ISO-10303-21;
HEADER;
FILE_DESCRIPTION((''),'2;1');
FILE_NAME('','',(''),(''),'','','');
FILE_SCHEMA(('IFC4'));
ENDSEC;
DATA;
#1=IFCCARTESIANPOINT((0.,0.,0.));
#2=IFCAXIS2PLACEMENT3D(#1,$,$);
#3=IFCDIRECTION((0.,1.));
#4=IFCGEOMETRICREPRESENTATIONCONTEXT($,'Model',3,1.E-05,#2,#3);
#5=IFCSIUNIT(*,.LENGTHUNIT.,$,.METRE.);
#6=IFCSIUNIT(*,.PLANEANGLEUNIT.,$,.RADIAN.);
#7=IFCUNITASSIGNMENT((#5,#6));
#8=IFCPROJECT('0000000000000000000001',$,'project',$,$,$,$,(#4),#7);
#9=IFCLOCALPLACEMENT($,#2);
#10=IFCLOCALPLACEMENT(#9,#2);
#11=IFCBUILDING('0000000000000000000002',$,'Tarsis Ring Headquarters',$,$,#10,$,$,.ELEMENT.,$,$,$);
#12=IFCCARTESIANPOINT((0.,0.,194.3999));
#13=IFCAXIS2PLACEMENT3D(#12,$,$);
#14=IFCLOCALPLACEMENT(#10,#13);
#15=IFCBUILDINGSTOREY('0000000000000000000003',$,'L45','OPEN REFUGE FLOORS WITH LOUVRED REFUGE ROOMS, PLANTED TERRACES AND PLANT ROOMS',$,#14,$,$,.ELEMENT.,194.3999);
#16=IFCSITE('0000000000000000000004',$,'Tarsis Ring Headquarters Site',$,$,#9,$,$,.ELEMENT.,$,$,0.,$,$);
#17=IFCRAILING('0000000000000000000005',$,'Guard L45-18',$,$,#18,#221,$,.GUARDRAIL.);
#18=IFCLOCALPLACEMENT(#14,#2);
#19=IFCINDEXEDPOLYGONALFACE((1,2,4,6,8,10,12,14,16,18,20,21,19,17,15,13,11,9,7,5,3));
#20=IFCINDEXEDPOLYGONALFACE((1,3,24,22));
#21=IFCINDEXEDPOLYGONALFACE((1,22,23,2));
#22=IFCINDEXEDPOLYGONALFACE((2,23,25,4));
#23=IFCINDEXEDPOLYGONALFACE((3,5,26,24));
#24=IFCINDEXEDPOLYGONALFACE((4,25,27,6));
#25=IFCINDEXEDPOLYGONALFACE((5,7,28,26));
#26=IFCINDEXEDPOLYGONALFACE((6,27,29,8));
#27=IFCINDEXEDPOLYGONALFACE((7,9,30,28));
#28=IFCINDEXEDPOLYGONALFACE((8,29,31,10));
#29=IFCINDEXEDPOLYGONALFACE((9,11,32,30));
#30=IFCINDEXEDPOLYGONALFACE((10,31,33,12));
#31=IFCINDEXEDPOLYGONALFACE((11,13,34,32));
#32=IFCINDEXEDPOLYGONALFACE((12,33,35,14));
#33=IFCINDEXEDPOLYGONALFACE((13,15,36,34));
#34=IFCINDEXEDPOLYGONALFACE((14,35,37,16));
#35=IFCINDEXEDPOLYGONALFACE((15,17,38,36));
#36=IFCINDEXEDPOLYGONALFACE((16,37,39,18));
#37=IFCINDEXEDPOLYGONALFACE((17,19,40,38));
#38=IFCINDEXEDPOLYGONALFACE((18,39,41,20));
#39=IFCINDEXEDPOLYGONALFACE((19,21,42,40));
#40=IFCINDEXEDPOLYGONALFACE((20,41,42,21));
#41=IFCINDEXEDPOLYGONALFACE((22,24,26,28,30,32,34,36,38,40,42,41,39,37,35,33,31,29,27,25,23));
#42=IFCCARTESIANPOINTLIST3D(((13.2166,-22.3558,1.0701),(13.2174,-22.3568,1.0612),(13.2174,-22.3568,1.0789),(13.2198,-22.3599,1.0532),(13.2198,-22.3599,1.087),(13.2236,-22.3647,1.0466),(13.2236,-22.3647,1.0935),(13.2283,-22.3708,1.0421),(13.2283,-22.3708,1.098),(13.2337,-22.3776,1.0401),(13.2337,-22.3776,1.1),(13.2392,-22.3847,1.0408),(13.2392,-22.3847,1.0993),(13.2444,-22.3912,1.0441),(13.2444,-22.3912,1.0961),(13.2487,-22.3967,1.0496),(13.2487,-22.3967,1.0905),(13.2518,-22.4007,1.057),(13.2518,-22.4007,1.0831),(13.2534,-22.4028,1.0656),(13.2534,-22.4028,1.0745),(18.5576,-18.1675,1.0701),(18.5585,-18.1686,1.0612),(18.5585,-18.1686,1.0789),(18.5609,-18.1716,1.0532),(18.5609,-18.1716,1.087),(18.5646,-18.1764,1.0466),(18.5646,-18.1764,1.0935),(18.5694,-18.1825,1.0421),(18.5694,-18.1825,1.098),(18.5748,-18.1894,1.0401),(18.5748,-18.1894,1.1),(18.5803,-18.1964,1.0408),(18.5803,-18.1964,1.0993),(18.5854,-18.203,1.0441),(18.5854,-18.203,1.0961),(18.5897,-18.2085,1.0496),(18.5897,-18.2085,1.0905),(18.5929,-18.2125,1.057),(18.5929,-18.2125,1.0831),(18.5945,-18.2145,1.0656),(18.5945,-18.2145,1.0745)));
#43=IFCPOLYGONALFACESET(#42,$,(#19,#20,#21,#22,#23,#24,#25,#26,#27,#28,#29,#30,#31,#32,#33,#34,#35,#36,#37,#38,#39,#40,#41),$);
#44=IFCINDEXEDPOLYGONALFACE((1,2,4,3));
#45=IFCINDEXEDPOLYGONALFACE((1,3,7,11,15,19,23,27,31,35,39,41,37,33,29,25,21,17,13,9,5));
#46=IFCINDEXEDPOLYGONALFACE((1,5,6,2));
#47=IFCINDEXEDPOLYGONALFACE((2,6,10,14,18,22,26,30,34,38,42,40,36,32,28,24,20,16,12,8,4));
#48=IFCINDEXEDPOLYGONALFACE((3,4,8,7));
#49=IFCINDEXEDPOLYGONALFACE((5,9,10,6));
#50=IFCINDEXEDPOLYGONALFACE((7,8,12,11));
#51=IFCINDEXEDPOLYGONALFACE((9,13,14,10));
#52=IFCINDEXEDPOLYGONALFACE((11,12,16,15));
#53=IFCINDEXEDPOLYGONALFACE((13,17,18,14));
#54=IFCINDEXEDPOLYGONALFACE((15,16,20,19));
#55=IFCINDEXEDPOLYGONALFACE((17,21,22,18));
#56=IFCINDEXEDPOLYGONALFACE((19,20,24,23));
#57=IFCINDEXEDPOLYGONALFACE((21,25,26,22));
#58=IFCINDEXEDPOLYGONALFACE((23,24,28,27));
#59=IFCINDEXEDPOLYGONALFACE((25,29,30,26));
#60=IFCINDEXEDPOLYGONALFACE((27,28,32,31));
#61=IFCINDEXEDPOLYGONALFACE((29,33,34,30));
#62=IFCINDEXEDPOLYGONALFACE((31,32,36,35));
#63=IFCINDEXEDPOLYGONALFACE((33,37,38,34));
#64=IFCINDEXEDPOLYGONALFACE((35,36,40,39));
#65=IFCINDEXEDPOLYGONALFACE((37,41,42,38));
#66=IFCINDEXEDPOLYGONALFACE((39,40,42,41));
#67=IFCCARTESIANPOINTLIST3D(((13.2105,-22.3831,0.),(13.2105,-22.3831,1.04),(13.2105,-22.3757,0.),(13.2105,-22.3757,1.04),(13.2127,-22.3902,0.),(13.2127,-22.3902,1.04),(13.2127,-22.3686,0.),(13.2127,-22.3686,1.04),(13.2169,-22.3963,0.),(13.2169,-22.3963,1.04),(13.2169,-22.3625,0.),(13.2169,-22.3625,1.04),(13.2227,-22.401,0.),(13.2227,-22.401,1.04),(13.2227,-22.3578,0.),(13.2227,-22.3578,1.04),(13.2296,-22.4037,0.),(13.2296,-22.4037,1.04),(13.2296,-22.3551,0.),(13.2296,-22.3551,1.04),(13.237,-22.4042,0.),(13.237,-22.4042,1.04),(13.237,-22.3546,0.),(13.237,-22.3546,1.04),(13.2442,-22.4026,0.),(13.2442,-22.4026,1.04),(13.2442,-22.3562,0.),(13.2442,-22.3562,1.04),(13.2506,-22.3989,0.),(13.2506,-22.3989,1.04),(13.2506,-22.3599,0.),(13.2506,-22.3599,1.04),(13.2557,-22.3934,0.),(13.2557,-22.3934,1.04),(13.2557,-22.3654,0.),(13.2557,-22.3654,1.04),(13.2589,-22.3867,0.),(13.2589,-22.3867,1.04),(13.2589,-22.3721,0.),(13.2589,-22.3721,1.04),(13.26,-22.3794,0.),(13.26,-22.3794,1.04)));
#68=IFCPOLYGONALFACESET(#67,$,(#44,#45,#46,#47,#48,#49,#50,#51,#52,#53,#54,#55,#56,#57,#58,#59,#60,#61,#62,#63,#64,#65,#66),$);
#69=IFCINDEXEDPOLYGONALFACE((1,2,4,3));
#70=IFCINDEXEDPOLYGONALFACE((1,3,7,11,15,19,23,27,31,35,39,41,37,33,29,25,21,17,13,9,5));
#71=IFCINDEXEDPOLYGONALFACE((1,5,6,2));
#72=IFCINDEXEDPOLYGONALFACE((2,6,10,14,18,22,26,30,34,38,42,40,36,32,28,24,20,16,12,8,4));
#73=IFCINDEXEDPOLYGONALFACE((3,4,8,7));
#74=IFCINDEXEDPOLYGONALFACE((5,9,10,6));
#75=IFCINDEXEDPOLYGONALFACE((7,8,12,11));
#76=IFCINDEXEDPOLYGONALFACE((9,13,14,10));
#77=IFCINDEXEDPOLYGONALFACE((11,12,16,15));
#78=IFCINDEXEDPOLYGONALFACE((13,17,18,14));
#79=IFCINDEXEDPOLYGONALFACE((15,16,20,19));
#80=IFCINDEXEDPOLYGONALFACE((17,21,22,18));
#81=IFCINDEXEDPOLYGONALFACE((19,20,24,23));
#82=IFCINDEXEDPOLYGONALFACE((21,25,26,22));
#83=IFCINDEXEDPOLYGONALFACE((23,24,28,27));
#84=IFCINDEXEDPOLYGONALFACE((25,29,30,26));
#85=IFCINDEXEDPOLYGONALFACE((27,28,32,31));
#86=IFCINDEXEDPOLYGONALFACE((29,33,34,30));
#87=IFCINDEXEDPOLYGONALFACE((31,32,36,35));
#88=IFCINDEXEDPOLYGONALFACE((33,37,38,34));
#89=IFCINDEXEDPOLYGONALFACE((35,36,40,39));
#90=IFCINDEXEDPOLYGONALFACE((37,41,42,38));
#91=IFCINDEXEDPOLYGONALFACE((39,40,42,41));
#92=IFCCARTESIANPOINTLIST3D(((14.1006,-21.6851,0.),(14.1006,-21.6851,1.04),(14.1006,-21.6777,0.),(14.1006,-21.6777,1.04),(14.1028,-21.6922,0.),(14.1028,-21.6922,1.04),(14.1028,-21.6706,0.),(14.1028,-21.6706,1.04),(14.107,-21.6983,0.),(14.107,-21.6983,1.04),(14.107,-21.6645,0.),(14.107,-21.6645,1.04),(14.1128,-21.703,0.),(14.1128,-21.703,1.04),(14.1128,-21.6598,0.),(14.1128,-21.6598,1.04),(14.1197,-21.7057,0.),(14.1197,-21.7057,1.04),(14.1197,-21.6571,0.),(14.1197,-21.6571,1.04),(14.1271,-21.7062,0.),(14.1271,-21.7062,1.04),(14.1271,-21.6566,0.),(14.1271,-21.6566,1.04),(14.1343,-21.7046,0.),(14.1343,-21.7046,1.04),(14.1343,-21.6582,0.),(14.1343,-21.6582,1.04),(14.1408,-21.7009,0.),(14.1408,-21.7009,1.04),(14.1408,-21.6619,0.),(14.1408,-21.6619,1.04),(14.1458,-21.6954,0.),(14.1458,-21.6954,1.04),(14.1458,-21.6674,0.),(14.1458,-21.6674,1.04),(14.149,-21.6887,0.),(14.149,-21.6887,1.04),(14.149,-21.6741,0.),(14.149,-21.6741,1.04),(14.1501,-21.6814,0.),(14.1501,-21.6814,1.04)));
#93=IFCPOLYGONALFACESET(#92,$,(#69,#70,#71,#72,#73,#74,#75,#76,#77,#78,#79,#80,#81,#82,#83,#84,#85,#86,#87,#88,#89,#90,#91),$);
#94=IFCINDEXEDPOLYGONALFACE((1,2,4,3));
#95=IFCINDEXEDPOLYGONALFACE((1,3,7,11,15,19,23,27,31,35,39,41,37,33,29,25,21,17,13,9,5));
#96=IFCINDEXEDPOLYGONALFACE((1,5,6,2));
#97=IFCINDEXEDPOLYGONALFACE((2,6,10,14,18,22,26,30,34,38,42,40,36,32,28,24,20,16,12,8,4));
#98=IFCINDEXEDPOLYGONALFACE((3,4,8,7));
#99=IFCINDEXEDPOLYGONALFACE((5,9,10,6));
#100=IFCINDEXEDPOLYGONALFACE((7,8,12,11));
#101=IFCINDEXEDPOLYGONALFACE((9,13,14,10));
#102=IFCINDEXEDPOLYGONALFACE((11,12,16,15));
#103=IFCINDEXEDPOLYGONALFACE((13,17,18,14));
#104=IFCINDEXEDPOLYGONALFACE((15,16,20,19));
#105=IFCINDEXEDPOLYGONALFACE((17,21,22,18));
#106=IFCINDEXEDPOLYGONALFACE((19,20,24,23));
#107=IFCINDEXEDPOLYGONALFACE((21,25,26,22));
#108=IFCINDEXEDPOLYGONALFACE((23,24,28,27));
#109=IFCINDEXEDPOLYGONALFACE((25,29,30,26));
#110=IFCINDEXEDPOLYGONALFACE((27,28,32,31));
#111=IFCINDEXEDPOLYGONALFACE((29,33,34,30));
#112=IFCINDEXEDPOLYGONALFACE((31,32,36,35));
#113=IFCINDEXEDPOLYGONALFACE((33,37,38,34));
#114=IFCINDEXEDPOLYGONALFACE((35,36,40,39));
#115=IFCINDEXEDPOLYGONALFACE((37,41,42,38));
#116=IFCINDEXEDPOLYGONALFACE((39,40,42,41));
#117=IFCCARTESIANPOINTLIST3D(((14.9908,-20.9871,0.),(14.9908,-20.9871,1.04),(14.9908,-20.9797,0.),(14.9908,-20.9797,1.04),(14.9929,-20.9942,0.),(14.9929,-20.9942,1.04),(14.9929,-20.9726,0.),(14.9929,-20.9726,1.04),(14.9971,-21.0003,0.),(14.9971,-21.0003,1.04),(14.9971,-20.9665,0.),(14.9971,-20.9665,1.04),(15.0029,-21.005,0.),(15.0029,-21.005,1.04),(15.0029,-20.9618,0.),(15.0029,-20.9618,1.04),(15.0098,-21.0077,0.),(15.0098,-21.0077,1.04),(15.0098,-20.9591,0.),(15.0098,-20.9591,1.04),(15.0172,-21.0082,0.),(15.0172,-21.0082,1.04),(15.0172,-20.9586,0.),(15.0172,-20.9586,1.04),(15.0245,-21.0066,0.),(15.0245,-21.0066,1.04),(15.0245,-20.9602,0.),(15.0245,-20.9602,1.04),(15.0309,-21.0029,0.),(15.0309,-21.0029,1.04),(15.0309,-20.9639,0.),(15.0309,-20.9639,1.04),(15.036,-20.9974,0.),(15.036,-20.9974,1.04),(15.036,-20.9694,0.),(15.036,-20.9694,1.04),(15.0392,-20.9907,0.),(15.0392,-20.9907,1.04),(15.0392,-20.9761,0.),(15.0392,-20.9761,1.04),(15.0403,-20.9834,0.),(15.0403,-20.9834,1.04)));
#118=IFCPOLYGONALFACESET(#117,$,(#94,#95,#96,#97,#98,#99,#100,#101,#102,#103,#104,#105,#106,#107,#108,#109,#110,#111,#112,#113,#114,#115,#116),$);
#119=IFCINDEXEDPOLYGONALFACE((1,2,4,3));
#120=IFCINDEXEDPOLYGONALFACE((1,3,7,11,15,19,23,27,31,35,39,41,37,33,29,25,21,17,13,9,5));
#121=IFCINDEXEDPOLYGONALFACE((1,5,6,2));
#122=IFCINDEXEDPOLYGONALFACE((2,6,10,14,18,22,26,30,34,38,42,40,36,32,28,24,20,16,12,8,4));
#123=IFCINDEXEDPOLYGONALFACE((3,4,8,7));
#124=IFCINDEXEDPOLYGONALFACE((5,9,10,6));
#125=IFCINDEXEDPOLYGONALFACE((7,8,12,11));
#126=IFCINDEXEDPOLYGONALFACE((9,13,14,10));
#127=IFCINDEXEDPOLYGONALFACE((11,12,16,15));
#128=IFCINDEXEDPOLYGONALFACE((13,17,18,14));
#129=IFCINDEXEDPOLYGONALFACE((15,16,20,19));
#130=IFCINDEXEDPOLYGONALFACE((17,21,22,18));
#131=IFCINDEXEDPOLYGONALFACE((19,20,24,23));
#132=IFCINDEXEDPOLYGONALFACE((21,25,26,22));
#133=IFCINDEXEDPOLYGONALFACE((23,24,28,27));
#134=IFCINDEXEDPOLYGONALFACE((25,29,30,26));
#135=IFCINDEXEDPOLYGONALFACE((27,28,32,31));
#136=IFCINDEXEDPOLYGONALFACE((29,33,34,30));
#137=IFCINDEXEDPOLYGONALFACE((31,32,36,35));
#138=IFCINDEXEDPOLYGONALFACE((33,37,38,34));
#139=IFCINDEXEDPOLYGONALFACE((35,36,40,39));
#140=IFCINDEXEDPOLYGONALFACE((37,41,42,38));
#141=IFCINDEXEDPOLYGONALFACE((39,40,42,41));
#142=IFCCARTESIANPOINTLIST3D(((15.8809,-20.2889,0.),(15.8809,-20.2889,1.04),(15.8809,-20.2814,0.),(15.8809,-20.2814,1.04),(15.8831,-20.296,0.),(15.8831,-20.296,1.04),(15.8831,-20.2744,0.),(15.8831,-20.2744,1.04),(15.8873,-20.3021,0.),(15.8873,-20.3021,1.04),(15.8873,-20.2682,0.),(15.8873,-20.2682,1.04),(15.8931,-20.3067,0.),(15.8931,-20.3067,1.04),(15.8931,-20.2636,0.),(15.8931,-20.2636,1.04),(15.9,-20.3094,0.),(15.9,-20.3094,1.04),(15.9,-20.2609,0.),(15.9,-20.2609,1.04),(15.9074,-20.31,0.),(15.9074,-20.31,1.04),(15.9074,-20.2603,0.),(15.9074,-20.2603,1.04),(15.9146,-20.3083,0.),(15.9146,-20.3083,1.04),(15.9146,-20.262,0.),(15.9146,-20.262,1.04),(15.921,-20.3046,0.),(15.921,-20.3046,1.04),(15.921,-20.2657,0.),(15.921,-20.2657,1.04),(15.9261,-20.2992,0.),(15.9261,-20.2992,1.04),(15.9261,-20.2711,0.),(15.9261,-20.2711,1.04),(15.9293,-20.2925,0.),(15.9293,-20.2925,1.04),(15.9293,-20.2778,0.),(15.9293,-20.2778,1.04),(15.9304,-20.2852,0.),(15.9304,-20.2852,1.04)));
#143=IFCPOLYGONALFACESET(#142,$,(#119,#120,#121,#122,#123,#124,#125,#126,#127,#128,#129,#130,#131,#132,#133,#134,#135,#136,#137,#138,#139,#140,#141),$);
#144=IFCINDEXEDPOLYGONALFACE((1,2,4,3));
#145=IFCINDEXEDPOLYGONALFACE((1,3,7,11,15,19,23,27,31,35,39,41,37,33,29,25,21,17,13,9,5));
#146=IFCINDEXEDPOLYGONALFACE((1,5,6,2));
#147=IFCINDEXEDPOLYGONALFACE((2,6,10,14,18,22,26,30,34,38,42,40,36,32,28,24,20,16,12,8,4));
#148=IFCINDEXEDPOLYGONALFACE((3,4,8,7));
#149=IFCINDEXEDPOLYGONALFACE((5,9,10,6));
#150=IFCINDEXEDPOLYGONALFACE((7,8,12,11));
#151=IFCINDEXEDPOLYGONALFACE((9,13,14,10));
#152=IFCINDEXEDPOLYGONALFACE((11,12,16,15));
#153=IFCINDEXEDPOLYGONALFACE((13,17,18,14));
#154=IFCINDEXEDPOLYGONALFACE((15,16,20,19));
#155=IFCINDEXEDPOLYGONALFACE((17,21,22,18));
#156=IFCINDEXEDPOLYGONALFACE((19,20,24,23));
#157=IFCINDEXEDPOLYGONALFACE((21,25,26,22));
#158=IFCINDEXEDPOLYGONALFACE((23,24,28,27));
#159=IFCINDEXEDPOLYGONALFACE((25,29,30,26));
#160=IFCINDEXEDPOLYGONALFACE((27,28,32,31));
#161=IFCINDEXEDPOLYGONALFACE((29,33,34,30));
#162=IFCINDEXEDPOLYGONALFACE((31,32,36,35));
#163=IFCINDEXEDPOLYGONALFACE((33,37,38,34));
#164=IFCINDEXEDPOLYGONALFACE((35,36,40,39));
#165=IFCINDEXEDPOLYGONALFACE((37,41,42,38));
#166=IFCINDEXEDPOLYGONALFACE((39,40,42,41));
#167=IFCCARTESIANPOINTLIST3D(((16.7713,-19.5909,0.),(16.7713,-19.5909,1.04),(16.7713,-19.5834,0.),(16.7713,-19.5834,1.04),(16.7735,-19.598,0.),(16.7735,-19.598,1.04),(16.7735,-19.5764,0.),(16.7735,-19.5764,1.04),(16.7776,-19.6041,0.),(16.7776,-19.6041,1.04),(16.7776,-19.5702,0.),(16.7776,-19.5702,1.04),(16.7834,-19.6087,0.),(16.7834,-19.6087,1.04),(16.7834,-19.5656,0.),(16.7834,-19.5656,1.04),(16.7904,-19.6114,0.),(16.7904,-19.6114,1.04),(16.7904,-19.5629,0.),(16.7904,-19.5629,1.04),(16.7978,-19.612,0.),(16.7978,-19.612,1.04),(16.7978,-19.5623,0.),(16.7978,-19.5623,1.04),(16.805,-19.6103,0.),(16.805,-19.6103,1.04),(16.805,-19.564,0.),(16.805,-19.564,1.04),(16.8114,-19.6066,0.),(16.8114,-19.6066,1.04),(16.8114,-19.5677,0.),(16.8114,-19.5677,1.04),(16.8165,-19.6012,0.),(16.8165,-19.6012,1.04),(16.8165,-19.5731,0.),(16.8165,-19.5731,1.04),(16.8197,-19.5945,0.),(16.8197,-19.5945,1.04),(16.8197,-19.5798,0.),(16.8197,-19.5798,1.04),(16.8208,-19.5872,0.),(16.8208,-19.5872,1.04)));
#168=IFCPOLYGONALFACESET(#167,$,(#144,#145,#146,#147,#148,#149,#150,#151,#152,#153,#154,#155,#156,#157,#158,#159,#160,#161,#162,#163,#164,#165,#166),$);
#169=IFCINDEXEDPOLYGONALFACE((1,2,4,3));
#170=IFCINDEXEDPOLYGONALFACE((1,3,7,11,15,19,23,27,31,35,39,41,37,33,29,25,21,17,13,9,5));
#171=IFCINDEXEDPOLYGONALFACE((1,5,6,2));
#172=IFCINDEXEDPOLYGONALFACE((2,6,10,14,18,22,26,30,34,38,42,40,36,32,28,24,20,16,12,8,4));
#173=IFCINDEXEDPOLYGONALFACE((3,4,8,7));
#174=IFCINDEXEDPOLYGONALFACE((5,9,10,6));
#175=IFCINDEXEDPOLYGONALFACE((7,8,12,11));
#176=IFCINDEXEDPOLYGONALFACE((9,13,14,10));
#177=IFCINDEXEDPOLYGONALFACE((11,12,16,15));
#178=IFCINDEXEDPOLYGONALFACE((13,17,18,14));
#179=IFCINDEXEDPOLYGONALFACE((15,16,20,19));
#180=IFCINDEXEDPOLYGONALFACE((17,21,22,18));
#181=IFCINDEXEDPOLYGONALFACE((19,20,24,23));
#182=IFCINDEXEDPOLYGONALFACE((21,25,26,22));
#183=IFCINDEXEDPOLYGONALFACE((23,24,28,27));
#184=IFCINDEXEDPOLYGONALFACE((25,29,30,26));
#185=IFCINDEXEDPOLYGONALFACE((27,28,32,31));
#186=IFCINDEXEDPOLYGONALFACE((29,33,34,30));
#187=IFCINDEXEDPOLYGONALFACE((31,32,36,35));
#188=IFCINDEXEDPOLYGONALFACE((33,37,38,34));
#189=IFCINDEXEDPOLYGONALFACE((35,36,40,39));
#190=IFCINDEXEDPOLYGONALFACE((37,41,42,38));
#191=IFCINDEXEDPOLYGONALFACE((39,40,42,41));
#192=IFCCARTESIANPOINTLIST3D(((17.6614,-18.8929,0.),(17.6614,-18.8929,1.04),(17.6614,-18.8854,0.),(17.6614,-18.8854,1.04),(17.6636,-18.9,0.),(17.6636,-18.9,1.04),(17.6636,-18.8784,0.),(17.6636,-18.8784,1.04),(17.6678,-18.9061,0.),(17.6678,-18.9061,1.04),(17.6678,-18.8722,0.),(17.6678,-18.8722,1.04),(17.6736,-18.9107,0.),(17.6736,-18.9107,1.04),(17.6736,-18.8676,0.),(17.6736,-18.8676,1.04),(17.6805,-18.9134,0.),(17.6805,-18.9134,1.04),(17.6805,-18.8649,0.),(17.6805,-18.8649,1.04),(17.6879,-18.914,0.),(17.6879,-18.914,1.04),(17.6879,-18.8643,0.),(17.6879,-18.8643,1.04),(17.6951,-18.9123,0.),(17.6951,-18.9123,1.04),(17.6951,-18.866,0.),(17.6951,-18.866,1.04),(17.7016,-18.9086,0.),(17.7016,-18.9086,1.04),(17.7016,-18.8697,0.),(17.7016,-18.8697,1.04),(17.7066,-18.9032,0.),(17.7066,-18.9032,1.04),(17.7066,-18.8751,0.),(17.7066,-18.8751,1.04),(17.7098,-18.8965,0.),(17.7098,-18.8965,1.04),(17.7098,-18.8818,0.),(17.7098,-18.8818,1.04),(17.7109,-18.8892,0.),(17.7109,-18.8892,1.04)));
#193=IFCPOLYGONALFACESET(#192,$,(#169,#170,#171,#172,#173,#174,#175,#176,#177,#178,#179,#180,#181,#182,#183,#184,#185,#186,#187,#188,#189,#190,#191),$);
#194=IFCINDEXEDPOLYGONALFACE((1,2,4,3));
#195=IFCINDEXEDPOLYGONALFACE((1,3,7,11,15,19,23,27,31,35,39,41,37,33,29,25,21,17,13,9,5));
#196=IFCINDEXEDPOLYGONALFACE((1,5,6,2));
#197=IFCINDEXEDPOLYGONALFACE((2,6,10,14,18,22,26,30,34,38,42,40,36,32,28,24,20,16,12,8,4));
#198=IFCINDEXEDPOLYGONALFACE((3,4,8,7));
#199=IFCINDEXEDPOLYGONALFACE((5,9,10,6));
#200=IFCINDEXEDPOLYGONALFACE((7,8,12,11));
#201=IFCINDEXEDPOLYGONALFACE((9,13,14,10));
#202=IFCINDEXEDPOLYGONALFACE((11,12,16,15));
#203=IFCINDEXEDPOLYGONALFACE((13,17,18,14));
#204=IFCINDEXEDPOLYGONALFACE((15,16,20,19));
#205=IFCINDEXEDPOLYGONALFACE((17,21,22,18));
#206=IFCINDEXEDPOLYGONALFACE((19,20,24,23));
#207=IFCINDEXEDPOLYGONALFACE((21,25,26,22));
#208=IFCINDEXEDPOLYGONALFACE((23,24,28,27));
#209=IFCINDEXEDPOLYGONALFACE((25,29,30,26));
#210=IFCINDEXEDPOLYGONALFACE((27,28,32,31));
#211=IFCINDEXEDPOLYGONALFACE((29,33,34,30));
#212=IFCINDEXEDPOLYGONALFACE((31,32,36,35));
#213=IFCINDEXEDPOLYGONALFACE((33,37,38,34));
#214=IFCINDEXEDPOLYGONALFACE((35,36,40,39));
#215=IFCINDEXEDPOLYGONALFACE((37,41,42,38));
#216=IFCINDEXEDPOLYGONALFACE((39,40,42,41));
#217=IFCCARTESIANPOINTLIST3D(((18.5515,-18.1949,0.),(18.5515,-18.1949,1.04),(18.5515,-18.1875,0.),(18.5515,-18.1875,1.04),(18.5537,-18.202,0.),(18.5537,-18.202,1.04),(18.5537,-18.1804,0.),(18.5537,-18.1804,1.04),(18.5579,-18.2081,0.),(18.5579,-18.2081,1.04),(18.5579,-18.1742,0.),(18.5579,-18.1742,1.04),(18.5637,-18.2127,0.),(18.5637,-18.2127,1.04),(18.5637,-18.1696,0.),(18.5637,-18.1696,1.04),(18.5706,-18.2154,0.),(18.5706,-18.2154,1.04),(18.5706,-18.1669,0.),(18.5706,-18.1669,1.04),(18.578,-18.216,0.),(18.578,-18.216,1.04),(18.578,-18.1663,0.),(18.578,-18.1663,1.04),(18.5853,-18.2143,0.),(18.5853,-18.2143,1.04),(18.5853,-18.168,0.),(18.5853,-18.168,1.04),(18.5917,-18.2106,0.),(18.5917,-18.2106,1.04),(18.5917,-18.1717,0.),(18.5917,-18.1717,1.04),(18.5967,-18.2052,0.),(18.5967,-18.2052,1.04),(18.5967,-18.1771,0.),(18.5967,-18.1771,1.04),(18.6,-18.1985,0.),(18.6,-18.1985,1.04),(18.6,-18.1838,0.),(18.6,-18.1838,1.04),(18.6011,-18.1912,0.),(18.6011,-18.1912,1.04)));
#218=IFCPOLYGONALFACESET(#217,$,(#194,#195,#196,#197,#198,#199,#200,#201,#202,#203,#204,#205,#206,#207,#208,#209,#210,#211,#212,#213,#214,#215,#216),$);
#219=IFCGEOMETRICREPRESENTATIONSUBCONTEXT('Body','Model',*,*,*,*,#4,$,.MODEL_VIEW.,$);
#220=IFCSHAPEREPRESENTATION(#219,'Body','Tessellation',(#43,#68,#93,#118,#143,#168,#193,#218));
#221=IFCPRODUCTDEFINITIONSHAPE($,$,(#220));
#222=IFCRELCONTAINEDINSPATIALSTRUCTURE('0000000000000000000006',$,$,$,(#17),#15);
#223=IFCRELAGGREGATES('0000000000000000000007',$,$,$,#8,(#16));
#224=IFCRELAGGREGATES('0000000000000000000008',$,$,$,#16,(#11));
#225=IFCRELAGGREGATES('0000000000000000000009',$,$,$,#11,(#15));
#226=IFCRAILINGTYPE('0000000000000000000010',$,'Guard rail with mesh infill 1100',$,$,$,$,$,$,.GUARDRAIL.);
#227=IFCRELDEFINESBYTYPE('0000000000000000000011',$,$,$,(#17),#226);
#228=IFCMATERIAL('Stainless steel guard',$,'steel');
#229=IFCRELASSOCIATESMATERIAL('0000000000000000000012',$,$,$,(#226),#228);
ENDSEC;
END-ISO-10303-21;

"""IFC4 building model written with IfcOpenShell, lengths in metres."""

from ifc_helpers import new_model, si_unit, direction, frame, origin, origin_2d, place, context, subcontext, project, spatial, circle, extrude, material, type_object, element, save


model = new_model("IFC4")

# Units and contexts
model_context = context("Model", 3, precision=1e-05, world=origin(), true_north=direction((0.0, 1.0)))
body_context = subcontext(model_context, "Body", "Model", "MODEL_VIEW")
ifc_project = project(units=[si_unit("LENGTHUNIT", "METRE"), si_unit("PLANEANGLEUNIT", "RADIAN")], contexts=[model_context])

# Site, building, storey
site_placement = place(None, origin())
site = spatial("IfcSite", under=ifc_project, at=site_placement, Name="Tarsis Ring Headquarters Site", CompositionType="ELEMENT", RefElevation=0.0)
building_placement = place(site_placement, origin())
building = spatial("IfcBuilding", under=site, at=building_placement, Name="Tarsis Ring Headquarters", CompositionType="ELEMENT")
storey_placement = place(building_placement, frame((0.0, 0.0, 194.3999)))
storey = spatial("IfcBuildingStorey", under=building, at=storey_placement, Name="L45", Description="OPEN REFUGE FLOORS WITH LOUVRED REFUGE ROOMS, PLANTED TERRACES AND PLANT ROOMS", CompositionType="ELEMENT", Elevation=194.3999)

# Railing
ifc_material_1 = material(Name="Stainless steel guard", Category="steel")
railing_type = type_object("IfcRailingType", Name="Guard rail with mesh infill 1100", PredefinedType="GUARDRAIL", material=ifc_material_1)
railing_1_placement = place(storey_placement, frame((13.2351, -22.3794, 0.0)))
element("IfcRailing", 1, at=railing_1_placement, inside=storey, type_object=railing_type, Name="Guard L45-18", PredefinedType="GUARDRAIL", context=body_context, shape_type="SweptSolid", body=[
    extrude(circle(Radius=0.03, at=origin_2d()), frame((0.0, 0.0, 1.0701), z_axis=(0.786913, 0.617064, 0.0), x_axis=(-0.617064, 0.786913, 0.0)), (0.0, 0.0, 1.0), 6.7874),
    extrude(circle(Radius=0.0249, at=origin_2d()), origin(), (0.0, 0.0, 1.0), 1.04),
    extrude(circle(Radius=0.0249, at=origin_2d()), frame((0.8901, 0.698, 0.0)), (0.0, 0.0, 1.0), 1.04),
    extrude(circle(Radius=0.0249, at=origin_2d()), frame((1.7803, 1.396, 0.0)), (0.0, 0.0, 1.0), 1.04),
    extrude(circle(Radius=0.0249, at=origin_2d()), frame((2.6704, 2.0942, 0.0)), (0.0, 0.0, 1.0), 1.04),
    extrude(circle(Radius=0.0249, at=origin_2d()), frame((3.5608, 2.7922, 0.0)), (0.0, 0.0, 1.0), 1.04),
    extrude(circle(Radius=0.0249, at=origin_2d()), frame((4.4509, 3.4902, 0.0)), (0.0, 0.0, 1.0), 1.04),
    extrude(circle(Radius=0.0249, at=origin_2d()), frame((5.3411, 4.1882, 0.0)), (0.0, 0.0, 1.0), 1.04),
])

save(model, "model.ifc")
